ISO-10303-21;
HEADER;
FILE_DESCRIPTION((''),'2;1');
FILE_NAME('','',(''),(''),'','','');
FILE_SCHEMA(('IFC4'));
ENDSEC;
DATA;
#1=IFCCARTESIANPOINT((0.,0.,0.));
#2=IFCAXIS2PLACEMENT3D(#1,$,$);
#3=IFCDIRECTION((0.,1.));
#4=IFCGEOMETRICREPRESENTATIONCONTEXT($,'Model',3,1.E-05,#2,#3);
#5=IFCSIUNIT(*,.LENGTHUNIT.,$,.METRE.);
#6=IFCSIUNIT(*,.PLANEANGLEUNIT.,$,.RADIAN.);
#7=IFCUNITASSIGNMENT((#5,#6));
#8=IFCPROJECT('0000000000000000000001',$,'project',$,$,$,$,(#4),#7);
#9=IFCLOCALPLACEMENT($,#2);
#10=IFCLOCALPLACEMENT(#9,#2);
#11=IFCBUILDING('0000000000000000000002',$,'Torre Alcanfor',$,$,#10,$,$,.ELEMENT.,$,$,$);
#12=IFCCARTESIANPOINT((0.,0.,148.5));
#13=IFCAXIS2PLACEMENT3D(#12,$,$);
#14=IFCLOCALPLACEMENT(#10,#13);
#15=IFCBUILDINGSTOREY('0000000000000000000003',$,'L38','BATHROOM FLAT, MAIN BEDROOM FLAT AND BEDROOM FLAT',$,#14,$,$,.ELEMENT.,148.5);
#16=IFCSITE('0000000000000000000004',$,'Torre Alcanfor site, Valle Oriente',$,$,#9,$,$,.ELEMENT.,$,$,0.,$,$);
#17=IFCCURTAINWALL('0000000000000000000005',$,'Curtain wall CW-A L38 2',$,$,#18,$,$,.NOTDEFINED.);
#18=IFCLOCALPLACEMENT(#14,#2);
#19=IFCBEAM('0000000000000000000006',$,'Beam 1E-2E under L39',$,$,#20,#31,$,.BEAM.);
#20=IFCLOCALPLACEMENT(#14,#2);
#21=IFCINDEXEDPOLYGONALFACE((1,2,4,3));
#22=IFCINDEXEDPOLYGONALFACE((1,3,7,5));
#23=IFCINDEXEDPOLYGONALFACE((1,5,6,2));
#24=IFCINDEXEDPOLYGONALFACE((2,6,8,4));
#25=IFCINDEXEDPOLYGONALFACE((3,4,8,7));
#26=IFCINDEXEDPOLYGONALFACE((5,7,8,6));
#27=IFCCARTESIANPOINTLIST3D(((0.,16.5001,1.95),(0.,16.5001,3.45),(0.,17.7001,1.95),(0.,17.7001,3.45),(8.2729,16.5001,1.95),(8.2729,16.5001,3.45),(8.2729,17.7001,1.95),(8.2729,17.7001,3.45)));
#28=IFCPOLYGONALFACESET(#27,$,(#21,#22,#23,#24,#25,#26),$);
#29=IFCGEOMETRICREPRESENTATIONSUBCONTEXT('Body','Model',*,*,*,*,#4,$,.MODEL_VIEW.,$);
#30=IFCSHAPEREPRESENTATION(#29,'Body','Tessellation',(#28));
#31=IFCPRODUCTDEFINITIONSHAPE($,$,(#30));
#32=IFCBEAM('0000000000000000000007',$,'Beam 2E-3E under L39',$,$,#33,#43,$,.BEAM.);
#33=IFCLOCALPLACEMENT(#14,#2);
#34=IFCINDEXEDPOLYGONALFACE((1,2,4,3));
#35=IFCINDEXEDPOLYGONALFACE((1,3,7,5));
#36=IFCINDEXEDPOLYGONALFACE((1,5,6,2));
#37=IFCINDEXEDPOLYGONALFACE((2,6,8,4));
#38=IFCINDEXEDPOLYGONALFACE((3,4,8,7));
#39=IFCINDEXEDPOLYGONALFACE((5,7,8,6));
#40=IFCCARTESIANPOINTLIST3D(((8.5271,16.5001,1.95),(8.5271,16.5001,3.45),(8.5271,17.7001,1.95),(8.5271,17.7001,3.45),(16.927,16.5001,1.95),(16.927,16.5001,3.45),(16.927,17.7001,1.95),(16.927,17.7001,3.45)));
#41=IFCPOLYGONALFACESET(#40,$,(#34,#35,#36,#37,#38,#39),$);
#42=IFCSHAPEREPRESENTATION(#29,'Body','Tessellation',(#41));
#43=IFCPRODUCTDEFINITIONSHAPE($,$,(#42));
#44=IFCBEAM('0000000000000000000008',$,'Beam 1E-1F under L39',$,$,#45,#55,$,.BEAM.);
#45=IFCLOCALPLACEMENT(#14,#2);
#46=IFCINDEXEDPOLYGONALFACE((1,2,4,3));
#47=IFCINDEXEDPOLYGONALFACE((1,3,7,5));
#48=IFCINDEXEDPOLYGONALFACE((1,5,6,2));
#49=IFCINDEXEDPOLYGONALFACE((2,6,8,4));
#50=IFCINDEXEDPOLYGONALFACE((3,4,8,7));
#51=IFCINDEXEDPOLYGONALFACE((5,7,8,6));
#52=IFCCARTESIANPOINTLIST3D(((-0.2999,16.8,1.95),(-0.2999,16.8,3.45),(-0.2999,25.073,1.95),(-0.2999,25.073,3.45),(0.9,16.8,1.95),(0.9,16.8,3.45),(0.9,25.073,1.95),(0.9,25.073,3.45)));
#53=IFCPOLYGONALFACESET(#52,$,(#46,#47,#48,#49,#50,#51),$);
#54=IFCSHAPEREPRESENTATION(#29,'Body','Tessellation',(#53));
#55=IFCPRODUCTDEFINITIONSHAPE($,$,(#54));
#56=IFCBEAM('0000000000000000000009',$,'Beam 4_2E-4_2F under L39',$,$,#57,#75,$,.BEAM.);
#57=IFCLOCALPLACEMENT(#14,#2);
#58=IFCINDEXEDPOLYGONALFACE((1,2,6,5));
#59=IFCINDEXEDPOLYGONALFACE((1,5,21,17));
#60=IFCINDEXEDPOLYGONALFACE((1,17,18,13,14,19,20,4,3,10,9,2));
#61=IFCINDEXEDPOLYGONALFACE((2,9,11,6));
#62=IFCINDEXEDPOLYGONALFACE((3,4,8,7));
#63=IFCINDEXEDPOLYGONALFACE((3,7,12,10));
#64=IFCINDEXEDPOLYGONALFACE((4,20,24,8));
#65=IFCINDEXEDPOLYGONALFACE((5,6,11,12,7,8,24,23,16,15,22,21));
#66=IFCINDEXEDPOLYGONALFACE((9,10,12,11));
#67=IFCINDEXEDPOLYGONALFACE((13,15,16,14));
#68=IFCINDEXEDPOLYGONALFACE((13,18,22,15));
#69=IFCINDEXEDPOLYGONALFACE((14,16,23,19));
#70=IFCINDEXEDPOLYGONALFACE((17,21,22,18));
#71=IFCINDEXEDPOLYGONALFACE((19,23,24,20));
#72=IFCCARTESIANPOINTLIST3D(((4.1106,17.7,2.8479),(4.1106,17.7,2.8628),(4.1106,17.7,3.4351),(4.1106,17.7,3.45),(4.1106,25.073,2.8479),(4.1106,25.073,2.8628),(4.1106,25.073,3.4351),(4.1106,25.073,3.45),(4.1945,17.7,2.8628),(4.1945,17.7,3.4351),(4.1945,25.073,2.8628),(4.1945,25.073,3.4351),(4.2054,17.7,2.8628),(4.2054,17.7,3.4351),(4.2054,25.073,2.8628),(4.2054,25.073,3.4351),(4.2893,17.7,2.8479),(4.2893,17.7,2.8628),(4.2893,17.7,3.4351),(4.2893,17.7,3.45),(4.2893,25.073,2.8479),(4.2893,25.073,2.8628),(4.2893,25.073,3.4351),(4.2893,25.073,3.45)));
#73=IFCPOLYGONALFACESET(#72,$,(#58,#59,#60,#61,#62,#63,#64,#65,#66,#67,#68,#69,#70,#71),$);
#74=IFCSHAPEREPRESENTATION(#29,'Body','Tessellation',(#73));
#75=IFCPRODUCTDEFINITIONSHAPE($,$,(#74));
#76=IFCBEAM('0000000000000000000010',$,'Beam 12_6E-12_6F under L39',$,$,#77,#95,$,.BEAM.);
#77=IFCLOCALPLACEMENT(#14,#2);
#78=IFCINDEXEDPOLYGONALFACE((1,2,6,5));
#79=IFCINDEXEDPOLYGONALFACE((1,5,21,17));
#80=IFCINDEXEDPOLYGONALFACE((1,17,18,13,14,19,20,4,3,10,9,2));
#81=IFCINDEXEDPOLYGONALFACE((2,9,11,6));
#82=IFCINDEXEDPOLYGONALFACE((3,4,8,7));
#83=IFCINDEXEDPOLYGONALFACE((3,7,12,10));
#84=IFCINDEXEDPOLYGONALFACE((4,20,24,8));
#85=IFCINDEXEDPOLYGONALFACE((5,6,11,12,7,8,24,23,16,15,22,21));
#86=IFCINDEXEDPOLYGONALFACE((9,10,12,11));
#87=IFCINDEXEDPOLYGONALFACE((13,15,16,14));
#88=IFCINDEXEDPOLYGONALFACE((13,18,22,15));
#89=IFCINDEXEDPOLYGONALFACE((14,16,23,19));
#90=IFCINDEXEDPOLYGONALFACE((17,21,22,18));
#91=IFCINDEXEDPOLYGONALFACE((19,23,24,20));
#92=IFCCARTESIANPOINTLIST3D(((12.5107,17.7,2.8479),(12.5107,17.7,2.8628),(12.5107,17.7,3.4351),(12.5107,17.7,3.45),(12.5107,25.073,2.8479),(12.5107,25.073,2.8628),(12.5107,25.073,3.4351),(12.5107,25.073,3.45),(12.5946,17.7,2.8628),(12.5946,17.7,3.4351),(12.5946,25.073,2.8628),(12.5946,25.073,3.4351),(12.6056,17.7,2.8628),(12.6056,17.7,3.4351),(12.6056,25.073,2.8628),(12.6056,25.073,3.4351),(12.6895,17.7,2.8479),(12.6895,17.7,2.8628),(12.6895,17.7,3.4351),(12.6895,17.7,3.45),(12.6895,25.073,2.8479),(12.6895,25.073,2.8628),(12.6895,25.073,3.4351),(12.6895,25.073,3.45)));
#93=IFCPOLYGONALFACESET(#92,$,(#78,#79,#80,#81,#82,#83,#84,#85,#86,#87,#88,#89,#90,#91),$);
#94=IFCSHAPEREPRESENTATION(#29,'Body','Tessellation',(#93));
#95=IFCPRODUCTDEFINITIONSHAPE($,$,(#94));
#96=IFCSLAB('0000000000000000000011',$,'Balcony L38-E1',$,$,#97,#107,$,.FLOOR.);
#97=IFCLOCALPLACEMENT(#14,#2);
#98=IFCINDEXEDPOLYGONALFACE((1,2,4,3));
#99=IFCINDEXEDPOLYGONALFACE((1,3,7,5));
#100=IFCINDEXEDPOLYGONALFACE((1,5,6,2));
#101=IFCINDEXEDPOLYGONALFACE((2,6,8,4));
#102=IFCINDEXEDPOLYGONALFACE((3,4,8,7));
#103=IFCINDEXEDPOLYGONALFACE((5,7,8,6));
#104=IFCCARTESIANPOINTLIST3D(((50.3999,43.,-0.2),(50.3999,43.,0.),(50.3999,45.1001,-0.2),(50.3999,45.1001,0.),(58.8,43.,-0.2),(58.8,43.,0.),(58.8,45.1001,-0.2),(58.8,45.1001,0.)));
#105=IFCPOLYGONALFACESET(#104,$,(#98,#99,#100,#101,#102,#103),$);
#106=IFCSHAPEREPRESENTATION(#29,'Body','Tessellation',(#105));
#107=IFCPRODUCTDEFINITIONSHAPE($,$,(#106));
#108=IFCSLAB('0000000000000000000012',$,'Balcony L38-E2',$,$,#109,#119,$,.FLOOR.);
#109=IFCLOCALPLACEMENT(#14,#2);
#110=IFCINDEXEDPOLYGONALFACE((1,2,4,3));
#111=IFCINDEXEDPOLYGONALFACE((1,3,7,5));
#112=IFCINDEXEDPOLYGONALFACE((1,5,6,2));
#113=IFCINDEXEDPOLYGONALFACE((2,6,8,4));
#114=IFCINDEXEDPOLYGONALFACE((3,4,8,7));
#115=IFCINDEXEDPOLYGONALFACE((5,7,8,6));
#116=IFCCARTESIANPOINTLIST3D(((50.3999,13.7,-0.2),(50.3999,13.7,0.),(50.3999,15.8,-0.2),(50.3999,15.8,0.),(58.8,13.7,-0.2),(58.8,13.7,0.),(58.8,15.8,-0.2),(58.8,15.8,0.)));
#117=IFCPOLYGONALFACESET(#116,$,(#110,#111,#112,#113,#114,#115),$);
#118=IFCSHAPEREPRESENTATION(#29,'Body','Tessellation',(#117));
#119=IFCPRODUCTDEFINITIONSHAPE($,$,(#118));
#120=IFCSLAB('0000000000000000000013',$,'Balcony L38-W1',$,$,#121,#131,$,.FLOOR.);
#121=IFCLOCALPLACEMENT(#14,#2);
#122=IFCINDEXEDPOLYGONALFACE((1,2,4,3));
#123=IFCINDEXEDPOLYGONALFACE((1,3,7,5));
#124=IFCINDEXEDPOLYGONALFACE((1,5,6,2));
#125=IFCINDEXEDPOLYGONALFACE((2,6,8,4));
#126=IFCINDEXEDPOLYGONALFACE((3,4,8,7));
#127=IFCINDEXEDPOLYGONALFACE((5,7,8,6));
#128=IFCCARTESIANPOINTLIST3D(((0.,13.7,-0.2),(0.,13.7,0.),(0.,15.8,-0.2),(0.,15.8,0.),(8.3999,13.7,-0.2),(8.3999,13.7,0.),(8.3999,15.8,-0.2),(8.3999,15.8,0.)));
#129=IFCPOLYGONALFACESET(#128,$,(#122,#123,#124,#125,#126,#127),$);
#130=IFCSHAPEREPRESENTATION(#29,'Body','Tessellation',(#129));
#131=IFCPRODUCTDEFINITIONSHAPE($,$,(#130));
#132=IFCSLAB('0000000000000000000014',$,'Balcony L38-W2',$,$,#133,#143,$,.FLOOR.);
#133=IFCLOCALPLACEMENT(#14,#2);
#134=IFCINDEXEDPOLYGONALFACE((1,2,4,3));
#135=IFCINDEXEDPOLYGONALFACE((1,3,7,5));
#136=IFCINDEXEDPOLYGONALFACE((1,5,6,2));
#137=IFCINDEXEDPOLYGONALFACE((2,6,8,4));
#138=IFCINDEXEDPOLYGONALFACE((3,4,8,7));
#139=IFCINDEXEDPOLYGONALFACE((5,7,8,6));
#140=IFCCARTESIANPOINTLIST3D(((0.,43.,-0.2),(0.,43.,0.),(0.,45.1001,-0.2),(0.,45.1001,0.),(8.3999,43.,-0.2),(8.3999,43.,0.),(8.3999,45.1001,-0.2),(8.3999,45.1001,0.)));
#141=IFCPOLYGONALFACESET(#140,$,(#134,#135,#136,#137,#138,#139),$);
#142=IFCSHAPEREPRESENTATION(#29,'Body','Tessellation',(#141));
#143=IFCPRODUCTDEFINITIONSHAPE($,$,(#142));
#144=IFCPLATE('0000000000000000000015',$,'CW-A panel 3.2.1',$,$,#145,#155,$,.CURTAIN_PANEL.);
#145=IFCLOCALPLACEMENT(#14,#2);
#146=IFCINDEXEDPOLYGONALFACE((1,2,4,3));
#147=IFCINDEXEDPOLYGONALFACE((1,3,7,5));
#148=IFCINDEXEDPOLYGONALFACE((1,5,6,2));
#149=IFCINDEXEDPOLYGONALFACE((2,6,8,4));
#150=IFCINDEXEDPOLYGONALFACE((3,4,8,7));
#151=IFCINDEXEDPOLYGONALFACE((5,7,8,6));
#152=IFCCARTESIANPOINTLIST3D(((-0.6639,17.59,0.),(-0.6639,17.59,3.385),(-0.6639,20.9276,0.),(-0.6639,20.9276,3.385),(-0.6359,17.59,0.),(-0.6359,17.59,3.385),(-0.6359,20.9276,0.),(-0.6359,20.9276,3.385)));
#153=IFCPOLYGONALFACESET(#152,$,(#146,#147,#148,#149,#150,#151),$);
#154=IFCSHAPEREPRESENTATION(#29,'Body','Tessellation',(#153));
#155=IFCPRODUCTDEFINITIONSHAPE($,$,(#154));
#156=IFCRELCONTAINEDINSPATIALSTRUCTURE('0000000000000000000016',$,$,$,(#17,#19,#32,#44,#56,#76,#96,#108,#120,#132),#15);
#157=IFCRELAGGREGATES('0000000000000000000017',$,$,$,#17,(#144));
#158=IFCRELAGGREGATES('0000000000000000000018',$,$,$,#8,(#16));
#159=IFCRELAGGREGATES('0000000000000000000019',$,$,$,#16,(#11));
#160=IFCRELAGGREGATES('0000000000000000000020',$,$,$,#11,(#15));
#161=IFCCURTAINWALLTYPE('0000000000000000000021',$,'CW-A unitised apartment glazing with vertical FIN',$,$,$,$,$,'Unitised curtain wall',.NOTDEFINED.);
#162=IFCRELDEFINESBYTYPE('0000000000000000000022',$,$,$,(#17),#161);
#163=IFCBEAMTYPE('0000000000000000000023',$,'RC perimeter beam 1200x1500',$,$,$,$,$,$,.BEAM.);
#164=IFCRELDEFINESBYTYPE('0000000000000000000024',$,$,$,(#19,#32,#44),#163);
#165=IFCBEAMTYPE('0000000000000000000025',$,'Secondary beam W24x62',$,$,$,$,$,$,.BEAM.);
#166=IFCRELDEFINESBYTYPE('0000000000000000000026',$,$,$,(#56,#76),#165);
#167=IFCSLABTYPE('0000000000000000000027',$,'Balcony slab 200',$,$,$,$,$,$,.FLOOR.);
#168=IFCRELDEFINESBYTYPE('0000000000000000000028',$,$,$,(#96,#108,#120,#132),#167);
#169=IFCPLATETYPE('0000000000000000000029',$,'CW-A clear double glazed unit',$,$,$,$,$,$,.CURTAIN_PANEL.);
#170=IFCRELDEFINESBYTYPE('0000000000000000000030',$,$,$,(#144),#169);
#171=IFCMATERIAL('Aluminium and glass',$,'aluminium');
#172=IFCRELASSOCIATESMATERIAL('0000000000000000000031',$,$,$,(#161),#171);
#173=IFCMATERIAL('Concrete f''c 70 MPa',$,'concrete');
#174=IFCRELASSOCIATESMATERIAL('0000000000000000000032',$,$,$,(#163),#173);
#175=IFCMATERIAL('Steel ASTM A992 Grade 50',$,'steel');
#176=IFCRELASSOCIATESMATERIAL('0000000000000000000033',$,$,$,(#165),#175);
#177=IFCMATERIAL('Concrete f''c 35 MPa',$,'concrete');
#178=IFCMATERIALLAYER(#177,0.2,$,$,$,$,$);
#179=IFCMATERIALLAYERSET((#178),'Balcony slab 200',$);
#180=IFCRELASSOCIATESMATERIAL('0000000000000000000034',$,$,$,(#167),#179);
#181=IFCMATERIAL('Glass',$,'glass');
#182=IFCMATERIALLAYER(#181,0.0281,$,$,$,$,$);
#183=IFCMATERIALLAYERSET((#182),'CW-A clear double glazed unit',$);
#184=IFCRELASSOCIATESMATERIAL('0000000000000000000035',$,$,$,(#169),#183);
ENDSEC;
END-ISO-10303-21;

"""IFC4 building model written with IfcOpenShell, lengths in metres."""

from ifc_helpers import new_model, si_unit, direction, frame, origin, origin_2d, place, context, subcontext, project, spatial, polyline, rectangle, i_section, outline, extrude, material, layer, layer_set, material_profile, profile_set, type_object, element, aggregate, save


model = new_model("IFC4")

# Units and contexts
model_context = context("Model", 3, precision=1e-05, world=origin(), true_north=direction((0.0, 1.0)))
body_context = subcontext(model_context, "Body", "Model", "MODEL_VIEW")
ifc_project = project(units=[si_unit("LENGTHUNIT", "METRE"), si_unit("PLANEANGLEUNIT", "RADIAN")], contexts=[model_context])

# Site, building, storey
site_placement = place(None, origin())
site = spatial("IfcSite", under=ifc_project, at=site_placement, Name="Torre Alcanfor site, Valle Oriente", CompositionType="ELEMENT", RefElevation=0.0)
building_placement = place(site_placement, origin())
building = spatial("IfcBuilding", under=site, at=building_placement, Name="Torre Alcanfor", CompositionType="ELEMENT")
storey_placement = place(building_placement, frame((0.0, 0.0, 148.5)))
storey = spatial("IfcBuildingStorey", under=building, at=storey_placement, Name="L38", Description="BATHROOM FLAT, MAIN BEDROOM FLAT AND BEDROOM FLAT", CompositionType="ELEMENT", Elevation=148.5)

# Curtain wall
ifc_material_1 = material(Name="Aluminium and glass", Category="aluminium")
curtain_wall_type = type_object("IfcCurtainWallType", Name="CW-A unitised apartment glazing with vertical FIN", ElementType="Unitised curtain wall", PredefinedType="NOTDEFINED", material=ifc_material_1)
curtain_wall_placement = place(storey_placement, origin())
curtain_wall = element("IfcCurtainWall", 1, at=curtain_wall_placement, inside=storey, type_object=curtain_wall_type, Name="Curtain wall CW-A L38 2", PredefinedType="NOTDEFINED")

# Beams
ifc_material_2 = material(Name="Concrete f'c 70 MPa", Category="concrete")
ifc_material_profile_1 = material_profile(ifc_material_2, rectangle(XDim=1.2, YDim=1.5, at=origin_2d()), Name="1200x1500")
ifc_profile_set_1 = profile_set([ifc_material_profile_1], Name="Concrete f'c 70 MPa")
beam_type_1 = type_object("IfcBeamType", Name="RC perimeter beam 1200x1500", PredefinedType="BEAM", material=ifc_profile_set_1)
beam_1_placement = place(storey_placement, frame((0.0, 17.1001, 2.7), z_axis=(1.0, 0.0, 0.0), x_axis=(0.0, 1.0, 0.0)))
element("IfcBeam", 2, at=beam_1_placement, inside=storey, type_object=beam_type_1, Name="Beam 1E-2E under L39", PredefinedType="BEAM", context=body_context, shape_type="SweptSolid", body=[
    extrude(rectangle(XDim=1.2, YDim=1.5, at=origin_2d()), origin(), (0.0, 0.0, 1.0), 8.2729),
])
beam_2_placement = place(storey_placement, frame((8.5271, 17.1001, 2.7), z_axis=(1.0, 0.0, 0.0), x_axis=(0.0, 1.0, 0.0)))
element("IfcBeam", 3, at=beam_2_placement, inside=storey, type_object=beam_type_1, Name="Beam 2E-3E under L39", PredefinedType="BEAM", context=body_context, shape_type="SweptSolid", body=[
    extrude(rectangle(XDim=1.2, YDim=1.5, at=origin_2d()), origin(), (0.0, 0.0, 1.0), 8.3999),
])
beam_3_placement = place(storey_placement, frame((0.3, 16.8, 2.7), z_axis=(0.0, 1.0, 0.0), x_axis=(-1.0, 0.0, 0.0)))
element("IfcBeam", 4, at=beam_3_placement, inside=storey, type_object=beam_type_1, Name="Beam 1E-1F under L39", PredefinedType="BEAM", context=body_context, shape_type="SweptSolid", body=[
    extrude(rectangle(XDim=1.2, YDim=1.5, at=origin_2d()), origin(), (0.0, 0.0, 1.0), 8.2729),
])
ifc_material_3 = material(Name="Steel ASTM A992 Grade 50", Category="steel")
ifc_material_profile_2 = material_profile(ifc_material_3, i_section(OverallWidth=0.1787, OverallDepth=0.6021, WebThickness=0.011, FlangeThickness=0.0149, at=origin_2d()), Name="W24x62")
ifc_profile_set_2 = profile_set([ifc_material_profile_2], Name="Steel ASTM A992 Grade 50")
beam_type_2 = type_object("IfcBeamType", Name="Secondary beam W24x62", PredefinedType="BEAM", material=ifc_profile_set_2)
for number, where, z_axis, x_axis, name in (
    (5, (4.2, 17.7, 3.1489), (0.0, 1.0, 0.0), (-1.0, 0.0, 0.0), "Beam 4_2E-4_2F under L39"),
    (6, (12.6001, 17.7, 3.1489), (0.0, 1.0, 0.0), (-1.0, 0.0, 0.0), "Beam 12_6E-12_6F under L39"),
):
    element("IfcBeam", number, at=place(storey_placement, frame(where, z_axis=z_axis, x_axis=x_axis)), inside=storey, type_object=beam_type_2, Name=name, PredefinedType="BEAM", context=body_context, shape_type="SweptSolid", body=[
        extrude(i_section(OverallWidth=0.1787, OverallDepth=0.6021, WebThickness=0.011, FlangeThickness=0.0149, at=origin_2d()), origin(), (0.0, 0.0, 1.0), 7.373),
    ])

# Slabs
ifc_material_4 = material(Name="Concrete f'c 35 MPa", Category="concrete")
ifc_layer_1 = layer(ifc_material_4, 0.2)
ifc_layer_set_1 = layer_set([ifc_layer_1], Name="Balcony slab 200")
slab_type_1 = type_object("IfcSlabType", Name="Balcony slab 200", PredefinedType="FLOOR", material=ifc_layer_set_1)
slab_1_placement = place(storey_placement, frame((0.0, 0.0, -0.2)))
element("IfcSlab", 7, at=slab_1_placement, inside=storey, type_object=slab_type_1, Name="Balcony L38-E1", PredefinedType="FLOOR", context=body_context, shape_type="SweptSolid", body=[
    extrude(outline(polyline([(50.3999, 43.0), (58.8, 43.0), (58.8, 45.1001), (50.3999, 45.1001), (50.3999, 43.0)])), origin(), (0.0, 0.0, 1.0), 0.2),
])
slab_2_placement = place(storey_placement, frame((0.0, 0.0, -0.2)))
element("IfcSlab", 8, at=slab_2_placement, inside=storey, type_object=slab_type_1, Name="Balcony L38-E2", PredefinedType="FLOOR", context=body_context, shape_type="SweptSolid", body=[
    extrude(outline(polyline([(50.3999, 13.7), (58.8, 13.7), (58.8, 15.8), (50.3999, 15.8), (50.3999, 13.7)])), origin(), (0.0, 0.0, 1.0), 0.2),
])
slab_3_placement = place(storey_placement, frame((0.0, 0.0, -0.2)))
element("IfcSlab", 9, at=slab_3_placement, inside=storey, type_object=slab_type_1, Name="Balcony L38-W1", PredefinedType="FLOOR", context=body_context, shape_type="SweptSolid", body=[
    extrude(outline(polyline([(8.3999, 15.8), (0.0, 15.8), (0.0, 13.7), (8.3999, 13.7), (8.3999, 15.8)])), origin(), (0.0, 0.0, 1.0), 0.2),
])
slab_4_placement = place(storey_placement, frame((0.0, 0.0, -0.2)))
element("IfcSlab", 10, at=slab_4_placement, inside=storey, type_object=slab_type_1, Name="Balcony L38-W2", PredefinedType="FLOOR", context=body_context, shape_type="SweptSolid", body=[
    extrude(outline(polyline([(8.3999, 45.1001), (0.0, 45.1001), (0.0, 43.0), (8.3999, 43.0), (8.3999, 45.1001)])), origin(), (0.0, 0.0, 1.0), 0.2),
])

# Plate
ifc_material_5 = material(Name="Glass", Category="glass")
ifc_layer_2 = layer(ifc_material_5, 0.0281)
ifc_layer_set_2 = layer_set([ifc_layer_2], Name="CW-A clear double glazed unit")
plate_type = type_object("IfcPlateType", Name="CW-A clear double glazed unit", PredefinedType="CURTAIN_PANEL", material=ifc_layer_set_2)
plate_placement = place(storey_placement, frame((-0.6499, 19.2588, 0.0), z_axis=(0.0, 0.0, 1.0), x_axis=(0.0, -1.0, 0.0)))
plate = element("IfcPlate", 11, at=plate_placement, type_object=plate_type, Name="CW-A panel 3.2.1", PredefinedType="CURTAIN_PANEL", context=body_context, shape_type="SweptSolid", body=[
    extrude(rectangle(XDim=3.3376, YDim=0.0281, at=origin_2d()), origin(), (0.0, 0.0, 1.0), 3.385),
])
aggregate(curtain_wall, [plate])

save(model, "model.ifc")
